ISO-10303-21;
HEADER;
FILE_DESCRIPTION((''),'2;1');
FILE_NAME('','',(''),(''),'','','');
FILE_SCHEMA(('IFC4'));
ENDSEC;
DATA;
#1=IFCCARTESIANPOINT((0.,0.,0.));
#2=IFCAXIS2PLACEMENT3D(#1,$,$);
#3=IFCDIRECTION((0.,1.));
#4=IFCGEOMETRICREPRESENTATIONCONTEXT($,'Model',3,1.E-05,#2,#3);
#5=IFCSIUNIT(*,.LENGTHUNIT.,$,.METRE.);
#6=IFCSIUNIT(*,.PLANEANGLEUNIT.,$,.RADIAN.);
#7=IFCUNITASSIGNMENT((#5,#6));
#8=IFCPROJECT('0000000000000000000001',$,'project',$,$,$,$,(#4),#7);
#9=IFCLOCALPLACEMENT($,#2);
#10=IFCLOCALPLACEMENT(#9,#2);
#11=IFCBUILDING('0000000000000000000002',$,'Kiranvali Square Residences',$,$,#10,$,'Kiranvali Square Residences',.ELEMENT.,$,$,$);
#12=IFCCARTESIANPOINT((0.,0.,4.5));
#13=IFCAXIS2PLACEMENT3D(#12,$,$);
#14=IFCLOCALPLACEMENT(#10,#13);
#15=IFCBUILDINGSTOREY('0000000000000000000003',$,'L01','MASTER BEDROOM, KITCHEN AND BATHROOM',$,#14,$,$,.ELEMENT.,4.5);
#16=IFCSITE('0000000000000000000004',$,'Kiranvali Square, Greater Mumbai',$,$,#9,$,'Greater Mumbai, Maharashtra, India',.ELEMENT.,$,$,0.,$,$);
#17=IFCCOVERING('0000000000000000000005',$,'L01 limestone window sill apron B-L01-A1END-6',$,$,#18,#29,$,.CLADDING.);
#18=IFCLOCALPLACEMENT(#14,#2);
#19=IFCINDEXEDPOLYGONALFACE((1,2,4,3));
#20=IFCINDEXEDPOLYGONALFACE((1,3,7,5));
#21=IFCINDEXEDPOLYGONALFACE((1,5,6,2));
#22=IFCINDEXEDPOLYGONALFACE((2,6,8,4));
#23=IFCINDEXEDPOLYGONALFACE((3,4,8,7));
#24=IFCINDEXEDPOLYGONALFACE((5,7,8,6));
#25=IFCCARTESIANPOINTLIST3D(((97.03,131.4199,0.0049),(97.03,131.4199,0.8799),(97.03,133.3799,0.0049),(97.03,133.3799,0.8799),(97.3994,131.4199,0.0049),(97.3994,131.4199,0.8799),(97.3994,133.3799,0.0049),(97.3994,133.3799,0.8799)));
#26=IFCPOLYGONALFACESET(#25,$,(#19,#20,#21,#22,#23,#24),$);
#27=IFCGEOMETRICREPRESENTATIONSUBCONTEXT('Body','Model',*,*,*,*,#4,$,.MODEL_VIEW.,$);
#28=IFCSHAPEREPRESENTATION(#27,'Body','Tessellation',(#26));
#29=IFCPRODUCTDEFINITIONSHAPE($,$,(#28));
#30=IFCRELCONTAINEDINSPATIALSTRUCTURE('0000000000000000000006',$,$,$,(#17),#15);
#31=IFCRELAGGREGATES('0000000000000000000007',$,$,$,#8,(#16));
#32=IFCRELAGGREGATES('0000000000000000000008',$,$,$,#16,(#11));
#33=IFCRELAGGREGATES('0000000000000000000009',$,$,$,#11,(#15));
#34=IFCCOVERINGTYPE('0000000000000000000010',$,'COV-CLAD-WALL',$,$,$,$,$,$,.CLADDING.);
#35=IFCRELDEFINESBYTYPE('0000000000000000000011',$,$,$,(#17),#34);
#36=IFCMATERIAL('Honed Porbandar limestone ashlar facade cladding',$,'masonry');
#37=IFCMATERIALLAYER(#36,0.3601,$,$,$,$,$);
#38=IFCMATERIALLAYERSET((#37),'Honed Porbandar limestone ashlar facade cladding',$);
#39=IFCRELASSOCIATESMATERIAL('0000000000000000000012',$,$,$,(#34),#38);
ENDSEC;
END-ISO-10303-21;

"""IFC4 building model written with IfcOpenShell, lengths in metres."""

from ifc_helpers import new_model, si_unit, direction, frame, origin, place, context, subcontext, project, spatial, polyline, outline, extrude, material, layer, layer_set, type_object, element, save


model = new_model("IFC4")

# Units and contexts
model_context = context("Model", 3, precision=1e-05, world=origin(), true_north=direction((0.0, 1.0)))
body_context = subcontext(model_context, "Body", "Model", "MODEL_VIEW")
ifc_project = project(units=[si_unit("LENGTHUNIT", "METRE"), si_unit("PLANEANGLEUNIT", "RADIAN")], contexts=[model_context])

# Site, building, storey
site_placement = place(None, origin())
site = spatial("IfcSite", under=ifc_project, at=site_placement, Name="Kiranvali Square, Greater Mumbai", LongName="Greater Mumbai, Maharashtra, India", CompositionType="ELEMENT", RefElevation=0.0)
building_placement = place(site_placement, origin())
building = spatial("IfcBuilding", under=site, at=building_placement, Name="Kiranvali Square Residences", LongName="Kiranvali Square Residences", CompositionType="ELEMENT")
storey_placement = place(building_placement, frame((0.0, 0.0, 4.5)))
storey = spatial("IfcBuildingStorey", under=building, at=storey_placement, Name="L01", Description="MASTER BEDROOM, KITCHEN AND BATHROOM", CompositionType="ELEMENT", Elevation=4.5)

# Covering
ifc_material_1 = material(Name="Honed Porbandar limestone ashlar facade cladding", Category="masonry")
ifc_layer_1 = layer(ifc_material_1, 0.3601)
ifc_layer_set_1 = layer_set([ifc_layer_1], Name="Honed Porbandar limestone ashlar facade cladding")
covering_type_1 = type_object("IfcCoveringType", Name="COV-CLAD-WALL", PredefinedType="CLADDING", material=ifc_layer_set_1)
covering_1_placement = place(storey_placement, frame((0.0, 0.0, 0.0049)))
element("IfcCovering", 1, at=covering_1_placement, inside=storey, type_object=covering_type_1, Name="L01 limestone window sill apron B-L01-A1END-6", PredefinedType="CLADDING", context=body_context, shape_type="SweptSolid", body=[
    extrude(outline(polyline([(97.3994, 131.4199), (97.3994, 133.3799), (97.03, 133.3799), (97.03, 131.4199), (97.3994, 131.4199)])), origin(), (0.0, 0.0, 1.0), 0.875),
])

save(model, "model.ifc")
